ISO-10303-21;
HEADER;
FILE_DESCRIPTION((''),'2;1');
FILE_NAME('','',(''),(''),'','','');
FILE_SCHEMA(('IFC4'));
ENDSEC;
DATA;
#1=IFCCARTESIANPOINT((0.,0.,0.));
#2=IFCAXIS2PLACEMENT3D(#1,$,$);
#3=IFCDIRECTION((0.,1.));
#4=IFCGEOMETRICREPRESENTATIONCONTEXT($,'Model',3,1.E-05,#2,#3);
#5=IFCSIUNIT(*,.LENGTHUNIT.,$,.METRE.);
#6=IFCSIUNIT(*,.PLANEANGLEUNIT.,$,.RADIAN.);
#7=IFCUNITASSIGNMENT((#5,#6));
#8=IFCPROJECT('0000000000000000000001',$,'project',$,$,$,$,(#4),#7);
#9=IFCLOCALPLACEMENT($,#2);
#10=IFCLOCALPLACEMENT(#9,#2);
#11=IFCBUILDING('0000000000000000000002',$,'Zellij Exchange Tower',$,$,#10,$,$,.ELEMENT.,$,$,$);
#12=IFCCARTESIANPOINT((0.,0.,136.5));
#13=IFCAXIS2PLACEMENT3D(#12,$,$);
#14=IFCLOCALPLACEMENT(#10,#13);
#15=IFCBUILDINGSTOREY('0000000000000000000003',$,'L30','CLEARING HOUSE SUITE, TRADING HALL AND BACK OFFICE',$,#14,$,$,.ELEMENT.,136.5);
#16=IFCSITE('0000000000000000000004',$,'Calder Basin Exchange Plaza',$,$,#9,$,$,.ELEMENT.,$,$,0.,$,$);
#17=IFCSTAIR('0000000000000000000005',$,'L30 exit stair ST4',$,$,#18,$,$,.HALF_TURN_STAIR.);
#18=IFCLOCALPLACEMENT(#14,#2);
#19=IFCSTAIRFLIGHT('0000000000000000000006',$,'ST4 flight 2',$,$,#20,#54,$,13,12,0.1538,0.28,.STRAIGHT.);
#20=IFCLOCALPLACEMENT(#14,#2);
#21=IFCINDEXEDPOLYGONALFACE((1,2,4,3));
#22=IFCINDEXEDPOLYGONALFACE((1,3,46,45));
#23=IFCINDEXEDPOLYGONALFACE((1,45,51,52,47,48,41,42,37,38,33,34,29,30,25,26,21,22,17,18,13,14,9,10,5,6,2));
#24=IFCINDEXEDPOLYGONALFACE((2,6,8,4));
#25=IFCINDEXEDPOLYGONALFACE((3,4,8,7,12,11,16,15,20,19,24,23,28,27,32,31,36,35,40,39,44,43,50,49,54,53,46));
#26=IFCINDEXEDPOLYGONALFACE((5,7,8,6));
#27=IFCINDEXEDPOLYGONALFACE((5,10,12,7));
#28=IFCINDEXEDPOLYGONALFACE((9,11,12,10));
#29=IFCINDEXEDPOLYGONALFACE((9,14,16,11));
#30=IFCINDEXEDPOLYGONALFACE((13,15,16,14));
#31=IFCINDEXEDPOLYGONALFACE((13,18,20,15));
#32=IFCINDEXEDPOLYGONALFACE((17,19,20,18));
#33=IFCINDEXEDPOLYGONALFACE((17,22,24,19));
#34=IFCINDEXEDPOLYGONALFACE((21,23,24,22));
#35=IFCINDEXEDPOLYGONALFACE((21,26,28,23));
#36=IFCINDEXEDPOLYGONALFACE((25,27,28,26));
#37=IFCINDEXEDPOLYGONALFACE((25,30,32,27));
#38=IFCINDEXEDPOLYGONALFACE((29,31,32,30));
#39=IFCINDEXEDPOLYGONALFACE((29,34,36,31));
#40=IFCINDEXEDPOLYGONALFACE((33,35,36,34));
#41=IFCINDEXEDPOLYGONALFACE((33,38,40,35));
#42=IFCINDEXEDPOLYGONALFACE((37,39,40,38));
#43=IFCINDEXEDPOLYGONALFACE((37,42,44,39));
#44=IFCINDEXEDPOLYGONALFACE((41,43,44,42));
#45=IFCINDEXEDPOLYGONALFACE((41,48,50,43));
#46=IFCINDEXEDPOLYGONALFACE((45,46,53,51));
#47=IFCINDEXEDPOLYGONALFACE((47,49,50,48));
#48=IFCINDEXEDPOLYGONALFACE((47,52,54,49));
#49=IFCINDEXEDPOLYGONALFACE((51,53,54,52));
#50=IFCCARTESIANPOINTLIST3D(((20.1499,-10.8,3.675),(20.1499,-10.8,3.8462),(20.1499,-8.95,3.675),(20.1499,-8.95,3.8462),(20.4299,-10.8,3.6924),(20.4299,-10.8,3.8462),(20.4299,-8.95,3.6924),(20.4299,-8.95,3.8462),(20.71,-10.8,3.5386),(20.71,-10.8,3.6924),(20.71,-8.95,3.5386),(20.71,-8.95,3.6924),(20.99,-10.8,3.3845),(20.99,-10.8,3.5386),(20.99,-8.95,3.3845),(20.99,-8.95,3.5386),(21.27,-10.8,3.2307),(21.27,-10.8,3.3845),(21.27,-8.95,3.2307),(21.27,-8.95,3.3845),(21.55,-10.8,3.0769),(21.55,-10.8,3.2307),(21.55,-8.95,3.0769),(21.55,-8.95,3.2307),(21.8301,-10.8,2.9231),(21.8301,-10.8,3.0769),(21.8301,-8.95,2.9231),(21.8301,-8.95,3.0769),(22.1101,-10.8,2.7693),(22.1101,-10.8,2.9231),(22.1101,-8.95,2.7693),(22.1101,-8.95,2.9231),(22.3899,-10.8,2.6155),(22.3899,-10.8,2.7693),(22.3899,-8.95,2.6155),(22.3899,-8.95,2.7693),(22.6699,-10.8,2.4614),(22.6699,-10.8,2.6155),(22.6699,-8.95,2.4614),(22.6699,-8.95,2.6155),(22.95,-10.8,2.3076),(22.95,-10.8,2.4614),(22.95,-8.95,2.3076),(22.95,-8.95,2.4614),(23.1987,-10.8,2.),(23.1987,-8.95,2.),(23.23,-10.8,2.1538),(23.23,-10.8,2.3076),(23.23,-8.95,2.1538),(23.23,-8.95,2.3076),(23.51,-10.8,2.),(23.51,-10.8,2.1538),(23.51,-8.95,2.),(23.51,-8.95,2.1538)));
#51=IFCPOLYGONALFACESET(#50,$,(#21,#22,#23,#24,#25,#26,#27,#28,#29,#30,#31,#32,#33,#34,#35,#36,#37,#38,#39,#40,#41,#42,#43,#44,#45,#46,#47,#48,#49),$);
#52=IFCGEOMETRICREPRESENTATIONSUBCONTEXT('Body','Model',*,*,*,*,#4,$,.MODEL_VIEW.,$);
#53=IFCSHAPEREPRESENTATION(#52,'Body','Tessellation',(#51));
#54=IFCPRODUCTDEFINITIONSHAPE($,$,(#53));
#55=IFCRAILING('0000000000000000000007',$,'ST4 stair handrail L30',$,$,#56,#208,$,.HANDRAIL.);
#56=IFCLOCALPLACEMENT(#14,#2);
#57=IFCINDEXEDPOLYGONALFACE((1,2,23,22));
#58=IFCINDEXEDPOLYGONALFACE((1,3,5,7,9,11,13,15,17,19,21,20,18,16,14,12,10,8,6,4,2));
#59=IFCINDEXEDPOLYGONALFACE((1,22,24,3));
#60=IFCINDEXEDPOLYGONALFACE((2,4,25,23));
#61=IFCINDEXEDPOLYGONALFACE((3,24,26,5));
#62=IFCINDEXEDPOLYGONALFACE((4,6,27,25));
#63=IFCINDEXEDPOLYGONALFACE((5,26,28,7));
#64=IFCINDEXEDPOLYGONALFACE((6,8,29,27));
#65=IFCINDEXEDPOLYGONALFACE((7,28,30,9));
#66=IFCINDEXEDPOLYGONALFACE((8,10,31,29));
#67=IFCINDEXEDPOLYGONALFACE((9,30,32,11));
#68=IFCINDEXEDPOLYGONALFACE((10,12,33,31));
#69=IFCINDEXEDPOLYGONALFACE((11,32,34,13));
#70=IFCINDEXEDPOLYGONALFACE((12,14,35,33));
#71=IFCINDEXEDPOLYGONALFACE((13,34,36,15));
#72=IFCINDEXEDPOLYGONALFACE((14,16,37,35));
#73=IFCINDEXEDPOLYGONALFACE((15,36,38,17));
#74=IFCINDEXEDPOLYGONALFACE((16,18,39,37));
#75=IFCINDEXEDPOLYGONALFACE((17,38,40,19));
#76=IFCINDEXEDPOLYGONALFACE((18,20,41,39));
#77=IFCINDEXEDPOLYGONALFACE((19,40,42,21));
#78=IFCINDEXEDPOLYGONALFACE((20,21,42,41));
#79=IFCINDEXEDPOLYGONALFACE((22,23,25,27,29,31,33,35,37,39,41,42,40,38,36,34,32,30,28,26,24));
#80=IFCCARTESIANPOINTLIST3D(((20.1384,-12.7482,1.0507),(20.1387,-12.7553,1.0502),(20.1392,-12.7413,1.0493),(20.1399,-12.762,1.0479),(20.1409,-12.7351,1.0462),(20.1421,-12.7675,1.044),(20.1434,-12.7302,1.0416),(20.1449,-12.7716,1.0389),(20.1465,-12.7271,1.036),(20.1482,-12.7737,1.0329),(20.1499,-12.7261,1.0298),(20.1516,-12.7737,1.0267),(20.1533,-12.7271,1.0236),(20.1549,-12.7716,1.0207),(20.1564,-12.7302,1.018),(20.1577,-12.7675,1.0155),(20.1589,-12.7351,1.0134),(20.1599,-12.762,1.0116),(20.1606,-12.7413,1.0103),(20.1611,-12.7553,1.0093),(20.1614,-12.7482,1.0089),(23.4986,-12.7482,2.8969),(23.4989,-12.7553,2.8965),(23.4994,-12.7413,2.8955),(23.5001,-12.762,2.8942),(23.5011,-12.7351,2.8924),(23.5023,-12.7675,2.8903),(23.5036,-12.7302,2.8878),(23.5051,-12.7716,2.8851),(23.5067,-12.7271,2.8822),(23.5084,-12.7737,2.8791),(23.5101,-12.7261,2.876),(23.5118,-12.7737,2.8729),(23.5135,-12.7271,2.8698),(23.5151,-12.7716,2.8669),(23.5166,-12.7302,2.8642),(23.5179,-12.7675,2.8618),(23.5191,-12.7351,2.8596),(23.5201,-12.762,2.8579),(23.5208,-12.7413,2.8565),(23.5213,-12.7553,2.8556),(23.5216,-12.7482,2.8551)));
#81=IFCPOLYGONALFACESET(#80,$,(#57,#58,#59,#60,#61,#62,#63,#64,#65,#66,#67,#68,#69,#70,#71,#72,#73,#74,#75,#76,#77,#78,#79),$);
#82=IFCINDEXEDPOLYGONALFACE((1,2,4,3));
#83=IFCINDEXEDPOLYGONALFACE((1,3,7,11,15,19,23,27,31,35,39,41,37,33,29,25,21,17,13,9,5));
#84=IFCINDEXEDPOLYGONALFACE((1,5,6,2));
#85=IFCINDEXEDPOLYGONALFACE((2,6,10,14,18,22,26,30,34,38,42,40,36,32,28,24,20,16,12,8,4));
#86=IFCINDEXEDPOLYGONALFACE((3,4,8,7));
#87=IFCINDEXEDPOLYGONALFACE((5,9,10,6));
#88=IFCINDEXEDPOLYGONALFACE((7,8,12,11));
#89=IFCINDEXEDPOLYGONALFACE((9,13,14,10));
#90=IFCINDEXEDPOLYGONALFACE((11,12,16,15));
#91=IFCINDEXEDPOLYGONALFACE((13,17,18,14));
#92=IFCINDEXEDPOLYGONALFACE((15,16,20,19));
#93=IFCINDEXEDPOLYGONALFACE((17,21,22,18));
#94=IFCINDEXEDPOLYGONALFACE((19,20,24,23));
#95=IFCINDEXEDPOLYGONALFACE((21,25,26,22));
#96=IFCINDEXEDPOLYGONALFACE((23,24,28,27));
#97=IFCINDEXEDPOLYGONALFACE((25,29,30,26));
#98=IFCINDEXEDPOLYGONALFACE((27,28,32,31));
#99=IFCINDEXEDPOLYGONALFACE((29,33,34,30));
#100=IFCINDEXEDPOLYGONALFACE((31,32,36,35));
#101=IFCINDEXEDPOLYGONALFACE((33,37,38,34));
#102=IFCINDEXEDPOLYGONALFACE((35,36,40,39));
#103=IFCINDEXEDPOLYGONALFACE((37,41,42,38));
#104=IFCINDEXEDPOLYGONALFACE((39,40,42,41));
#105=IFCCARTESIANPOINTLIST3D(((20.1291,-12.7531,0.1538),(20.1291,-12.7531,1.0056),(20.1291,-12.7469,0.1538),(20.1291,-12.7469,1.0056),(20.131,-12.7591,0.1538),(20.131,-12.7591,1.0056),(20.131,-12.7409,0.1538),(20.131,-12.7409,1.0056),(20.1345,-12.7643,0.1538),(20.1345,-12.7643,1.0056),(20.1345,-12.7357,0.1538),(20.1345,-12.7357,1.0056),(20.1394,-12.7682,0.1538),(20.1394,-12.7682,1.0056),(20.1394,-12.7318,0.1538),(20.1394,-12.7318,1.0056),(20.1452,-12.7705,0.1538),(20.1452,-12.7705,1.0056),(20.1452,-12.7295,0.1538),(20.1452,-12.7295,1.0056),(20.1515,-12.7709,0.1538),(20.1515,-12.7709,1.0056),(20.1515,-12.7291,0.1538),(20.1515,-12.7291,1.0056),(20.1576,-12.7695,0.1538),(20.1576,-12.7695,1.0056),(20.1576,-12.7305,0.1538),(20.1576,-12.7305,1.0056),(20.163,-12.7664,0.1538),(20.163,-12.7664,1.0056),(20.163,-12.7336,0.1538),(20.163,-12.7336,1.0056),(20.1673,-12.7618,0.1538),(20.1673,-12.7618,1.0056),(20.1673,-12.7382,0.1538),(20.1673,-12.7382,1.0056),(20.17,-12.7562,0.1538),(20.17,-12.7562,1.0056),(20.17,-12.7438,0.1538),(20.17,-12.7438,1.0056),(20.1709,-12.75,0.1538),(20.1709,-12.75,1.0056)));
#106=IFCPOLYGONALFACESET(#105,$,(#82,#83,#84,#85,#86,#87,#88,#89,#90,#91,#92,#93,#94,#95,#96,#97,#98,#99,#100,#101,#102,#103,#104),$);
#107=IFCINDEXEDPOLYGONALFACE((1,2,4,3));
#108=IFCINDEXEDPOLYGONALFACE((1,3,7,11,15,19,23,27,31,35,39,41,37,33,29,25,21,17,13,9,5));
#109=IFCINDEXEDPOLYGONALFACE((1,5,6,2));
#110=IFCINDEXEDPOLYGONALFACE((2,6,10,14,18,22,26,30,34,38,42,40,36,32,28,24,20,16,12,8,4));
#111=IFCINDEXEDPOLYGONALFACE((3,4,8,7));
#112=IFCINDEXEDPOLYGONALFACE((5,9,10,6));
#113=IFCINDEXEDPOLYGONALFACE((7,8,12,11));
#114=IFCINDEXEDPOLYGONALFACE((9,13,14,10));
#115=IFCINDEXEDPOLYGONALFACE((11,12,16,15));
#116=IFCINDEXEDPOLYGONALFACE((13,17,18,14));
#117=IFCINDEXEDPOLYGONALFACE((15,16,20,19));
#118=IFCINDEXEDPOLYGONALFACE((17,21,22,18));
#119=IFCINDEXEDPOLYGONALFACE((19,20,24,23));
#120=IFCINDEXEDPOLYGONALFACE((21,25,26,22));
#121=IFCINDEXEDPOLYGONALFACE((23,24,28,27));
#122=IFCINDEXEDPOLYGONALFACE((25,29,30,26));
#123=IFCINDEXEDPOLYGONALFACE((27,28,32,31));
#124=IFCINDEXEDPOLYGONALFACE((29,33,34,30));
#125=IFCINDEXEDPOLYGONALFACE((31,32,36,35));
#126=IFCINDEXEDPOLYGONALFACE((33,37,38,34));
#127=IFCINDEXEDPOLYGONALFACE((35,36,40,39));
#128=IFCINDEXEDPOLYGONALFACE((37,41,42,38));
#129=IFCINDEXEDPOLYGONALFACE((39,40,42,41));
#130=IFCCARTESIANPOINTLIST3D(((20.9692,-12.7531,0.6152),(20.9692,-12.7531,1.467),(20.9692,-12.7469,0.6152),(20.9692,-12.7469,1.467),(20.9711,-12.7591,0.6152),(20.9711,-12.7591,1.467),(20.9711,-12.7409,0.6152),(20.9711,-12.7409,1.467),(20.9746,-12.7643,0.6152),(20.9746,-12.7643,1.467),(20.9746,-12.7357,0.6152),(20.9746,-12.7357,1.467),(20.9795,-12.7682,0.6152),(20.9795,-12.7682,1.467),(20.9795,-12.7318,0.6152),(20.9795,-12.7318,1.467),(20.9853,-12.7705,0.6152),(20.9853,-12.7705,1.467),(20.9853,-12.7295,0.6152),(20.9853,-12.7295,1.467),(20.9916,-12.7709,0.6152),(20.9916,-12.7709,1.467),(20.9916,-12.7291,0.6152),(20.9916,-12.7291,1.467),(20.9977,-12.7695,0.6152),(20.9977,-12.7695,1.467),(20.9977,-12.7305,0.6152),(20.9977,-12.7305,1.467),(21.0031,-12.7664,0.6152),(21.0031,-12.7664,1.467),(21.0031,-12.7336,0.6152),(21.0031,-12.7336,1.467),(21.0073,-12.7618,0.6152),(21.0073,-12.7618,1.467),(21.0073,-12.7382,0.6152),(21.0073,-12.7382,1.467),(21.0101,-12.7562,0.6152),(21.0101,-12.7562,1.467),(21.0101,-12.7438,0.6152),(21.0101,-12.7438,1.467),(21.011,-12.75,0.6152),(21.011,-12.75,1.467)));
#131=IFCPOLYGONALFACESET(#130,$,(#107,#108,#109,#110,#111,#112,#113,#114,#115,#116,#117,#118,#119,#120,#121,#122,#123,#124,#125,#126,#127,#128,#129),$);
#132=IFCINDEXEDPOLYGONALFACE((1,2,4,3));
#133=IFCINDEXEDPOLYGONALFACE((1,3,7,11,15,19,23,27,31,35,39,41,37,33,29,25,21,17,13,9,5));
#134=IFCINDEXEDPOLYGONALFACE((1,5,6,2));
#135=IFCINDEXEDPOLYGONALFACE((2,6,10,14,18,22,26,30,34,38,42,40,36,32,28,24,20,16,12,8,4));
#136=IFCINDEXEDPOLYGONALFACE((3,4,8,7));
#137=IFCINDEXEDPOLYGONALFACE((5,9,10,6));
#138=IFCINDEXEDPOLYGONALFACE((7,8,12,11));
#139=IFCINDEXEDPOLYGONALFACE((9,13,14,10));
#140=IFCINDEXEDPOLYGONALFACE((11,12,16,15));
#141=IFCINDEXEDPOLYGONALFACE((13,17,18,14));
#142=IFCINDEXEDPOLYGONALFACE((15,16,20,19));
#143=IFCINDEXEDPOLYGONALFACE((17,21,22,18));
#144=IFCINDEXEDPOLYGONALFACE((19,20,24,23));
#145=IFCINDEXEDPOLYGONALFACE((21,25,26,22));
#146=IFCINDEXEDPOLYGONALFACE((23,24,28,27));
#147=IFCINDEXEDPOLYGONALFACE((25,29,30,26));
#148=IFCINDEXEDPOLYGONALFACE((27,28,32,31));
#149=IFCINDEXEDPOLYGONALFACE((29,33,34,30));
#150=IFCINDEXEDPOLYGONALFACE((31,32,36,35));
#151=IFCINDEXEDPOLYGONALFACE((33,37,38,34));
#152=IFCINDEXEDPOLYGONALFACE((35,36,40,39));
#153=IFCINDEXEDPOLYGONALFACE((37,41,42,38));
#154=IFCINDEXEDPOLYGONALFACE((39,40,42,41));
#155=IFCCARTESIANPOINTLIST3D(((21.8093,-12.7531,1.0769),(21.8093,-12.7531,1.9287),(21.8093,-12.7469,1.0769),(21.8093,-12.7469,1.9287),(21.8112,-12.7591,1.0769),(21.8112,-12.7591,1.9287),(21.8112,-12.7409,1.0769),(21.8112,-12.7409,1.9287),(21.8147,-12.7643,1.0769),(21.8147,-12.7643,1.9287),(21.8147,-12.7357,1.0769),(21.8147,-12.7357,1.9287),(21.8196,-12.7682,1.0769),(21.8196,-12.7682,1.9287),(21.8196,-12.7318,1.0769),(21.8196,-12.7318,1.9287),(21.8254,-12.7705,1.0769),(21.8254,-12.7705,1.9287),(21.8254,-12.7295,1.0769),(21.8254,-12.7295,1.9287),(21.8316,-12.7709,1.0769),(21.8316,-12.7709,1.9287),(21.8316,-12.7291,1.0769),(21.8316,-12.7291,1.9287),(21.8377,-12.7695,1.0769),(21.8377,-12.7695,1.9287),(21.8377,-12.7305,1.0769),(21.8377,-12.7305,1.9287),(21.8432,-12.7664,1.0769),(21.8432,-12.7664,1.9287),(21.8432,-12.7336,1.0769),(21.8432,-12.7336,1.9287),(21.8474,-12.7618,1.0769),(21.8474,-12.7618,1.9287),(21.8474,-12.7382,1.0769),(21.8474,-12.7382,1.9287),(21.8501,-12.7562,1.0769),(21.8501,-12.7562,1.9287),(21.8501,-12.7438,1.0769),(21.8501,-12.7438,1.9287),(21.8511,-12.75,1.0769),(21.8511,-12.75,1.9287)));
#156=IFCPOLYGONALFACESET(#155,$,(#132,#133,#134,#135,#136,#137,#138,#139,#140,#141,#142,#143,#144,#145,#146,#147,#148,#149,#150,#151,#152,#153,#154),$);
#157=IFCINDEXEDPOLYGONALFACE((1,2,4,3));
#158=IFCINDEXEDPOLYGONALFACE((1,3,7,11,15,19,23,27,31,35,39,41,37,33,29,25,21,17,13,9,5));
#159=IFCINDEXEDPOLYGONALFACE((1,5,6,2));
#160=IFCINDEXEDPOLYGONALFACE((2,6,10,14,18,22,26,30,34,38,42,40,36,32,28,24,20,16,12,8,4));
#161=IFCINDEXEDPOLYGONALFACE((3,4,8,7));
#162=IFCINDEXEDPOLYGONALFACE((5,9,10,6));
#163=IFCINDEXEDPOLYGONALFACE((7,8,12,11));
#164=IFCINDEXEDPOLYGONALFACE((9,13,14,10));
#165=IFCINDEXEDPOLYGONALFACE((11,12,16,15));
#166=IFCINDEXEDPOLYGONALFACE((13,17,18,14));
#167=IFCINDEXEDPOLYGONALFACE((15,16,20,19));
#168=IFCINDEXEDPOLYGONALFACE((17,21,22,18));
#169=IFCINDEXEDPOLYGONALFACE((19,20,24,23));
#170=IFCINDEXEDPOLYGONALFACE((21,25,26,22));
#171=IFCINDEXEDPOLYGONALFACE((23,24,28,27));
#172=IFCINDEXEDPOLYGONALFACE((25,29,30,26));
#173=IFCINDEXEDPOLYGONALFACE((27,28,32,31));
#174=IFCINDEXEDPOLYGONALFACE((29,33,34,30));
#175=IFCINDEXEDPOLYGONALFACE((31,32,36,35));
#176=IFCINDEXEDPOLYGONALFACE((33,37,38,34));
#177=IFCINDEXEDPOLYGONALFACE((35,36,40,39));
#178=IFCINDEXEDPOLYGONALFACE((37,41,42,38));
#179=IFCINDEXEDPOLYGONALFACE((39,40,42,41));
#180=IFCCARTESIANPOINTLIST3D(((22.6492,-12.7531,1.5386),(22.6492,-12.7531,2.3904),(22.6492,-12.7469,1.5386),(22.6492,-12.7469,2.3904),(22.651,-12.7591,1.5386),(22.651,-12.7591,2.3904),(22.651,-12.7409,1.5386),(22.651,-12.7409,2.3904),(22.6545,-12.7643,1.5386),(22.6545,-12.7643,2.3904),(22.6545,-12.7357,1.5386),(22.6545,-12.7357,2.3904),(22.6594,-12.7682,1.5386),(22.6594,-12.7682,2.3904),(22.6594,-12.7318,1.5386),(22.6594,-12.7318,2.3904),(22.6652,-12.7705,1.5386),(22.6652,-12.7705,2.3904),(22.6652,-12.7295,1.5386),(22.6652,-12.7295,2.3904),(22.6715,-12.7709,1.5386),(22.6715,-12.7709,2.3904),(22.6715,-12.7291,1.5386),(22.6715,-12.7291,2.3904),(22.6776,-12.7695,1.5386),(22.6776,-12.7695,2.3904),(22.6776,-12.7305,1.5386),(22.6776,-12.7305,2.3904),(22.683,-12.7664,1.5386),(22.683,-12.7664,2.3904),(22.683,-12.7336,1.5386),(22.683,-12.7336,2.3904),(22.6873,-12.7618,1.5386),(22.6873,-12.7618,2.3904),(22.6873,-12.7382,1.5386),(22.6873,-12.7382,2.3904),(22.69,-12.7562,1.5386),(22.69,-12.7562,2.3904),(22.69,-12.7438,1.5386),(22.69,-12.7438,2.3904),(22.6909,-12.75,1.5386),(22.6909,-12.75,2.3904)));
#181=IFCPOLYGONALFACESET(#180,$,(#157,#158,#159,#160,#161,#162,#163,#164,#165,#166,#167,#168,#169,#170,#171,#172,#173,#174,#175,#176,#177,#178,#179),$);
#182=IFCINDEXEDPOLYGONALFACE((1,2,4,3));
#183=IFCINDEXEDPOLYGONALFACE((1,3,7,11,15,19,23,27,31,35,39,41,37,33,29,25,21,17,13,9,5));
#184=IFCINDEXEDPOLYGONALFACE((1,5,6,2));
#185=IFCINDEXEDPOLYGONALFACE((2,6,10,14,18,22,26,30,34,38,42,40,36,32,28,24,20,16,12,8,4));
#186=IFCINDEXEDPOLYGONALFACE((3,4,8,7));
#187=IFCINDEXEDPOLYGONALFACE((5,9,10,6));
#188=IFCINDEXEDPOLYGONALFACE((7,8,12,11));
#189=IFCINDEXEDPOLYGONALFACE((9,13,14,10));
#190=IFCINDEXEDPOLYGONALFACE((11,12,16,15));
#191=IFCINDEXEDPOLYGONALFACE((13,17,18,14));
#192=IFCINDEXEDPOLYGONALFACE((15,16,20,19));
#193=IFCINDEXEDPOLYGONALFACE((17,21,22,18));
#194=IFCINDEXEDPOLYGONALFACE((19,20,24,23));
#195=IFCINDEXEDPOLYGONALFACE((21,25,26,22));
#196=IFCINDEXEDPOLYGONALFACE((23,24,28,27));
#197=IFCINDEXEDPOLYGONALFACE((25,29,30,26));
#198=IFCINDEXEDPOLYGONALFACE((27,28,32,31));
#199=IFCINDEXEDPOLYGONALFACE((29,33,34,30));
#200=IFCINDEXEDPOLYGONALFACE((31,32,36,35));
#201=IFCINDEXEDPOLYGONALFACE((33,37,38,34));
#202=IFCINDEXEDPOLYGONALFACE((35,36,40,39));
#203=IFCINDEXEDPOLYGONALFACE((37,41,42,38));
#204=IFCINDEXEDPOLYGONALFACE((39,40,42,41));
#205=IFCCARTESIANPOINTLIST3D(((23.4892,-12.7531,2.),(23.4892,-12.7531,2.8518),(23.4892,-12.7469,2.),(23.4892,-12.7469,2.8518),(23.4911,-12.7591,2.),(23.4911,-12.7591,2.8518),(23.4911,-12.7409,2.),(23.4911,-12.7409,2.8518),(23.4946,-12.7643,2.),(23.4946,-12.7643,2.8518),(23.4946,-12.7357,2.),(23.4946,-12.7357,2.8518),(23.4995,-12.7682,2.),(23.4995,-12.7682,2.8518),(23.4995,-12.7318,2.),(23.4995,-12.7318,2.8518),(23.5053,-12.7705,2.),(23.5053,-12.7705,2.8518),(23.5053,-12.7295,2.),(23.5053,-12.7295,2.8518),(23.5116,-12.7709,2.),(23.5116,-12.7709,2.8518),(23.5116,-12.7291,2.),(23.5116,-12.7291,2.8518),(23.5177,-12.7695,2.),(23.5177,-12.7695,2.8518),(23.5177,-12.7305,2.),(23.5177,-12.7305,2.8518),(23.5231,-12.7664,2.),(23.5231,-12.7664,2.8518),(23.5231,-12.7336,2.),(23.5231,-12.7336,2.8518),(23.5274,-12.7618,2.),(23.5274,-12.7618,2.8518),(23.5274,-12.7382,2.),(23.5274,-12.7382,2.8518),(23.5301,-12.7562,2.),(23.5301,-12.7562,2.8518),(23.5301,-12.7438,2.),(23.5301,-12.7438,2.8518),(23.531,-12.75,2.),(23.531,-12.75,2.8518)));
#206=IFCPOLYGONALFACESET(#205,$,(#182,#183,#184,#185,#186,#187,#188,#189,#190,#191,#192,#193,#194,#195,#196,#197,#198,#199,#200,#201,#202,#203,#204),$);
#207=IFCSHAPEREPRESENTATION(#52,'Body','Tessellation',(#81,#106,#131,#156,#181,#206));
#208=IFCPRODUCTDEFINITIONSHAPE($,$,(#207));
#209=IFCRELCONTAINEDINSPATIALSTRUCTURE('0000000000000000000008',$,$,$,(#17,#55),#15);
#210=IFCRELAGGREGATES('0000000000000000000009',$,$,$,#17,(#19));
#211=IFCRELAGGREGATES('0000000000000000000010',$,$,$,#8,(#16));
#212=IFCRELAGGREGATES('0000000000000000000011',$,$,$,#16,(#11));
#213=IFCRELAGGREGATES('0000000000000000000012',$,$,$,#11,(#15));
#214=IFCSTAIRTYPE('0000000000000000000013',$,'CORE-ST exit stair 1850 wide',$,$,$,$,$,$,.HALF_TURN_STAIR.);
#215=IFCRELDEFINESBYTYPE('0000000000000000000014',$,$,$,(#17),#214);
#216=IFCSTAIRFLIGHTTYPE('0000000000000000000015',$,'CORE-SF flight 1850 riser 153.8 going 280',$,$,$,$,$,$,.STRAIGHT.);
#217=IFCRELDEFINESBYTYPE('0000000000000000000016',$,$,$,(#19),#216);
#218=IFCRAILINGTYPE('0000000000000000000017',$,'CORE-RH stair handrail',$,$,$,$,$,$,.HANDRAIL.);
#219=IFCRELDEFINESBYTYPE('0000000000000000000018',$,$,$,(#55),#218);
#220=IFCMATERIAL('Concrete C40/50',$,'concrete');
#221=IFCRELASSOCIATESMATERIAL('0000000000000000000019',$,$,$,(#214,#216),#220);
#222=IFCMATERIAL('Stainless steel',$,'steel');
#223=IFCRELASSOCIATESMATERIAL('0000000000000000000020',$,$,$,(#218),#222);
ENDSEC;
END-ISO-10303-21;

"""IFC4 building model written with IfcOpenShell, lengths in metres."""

from ifc_helpers import new_model, si_unit, direction, frame, origin, origin_2d, place, context, subcontext, project, spatial, polyline, circle, outline, extrude, material, type_object, element, aggregate, save


model = new_model("IFC4")

# Units and contexts
model_context = context("Model", 3, precision=1e-05, world=origin(), true_north=direction((0.0, 1.0)))
body_context = subcontext(model_context, "Body", "Model", "MODEL_VIEW")
ifc_project = project(units=[si_unit("LENGTHUNIT", "METRE"), si_unit("PLANEANGLEUNIT", "RADIAN")], contexts=[model_context])

# Site, building, storey
site_placement = place(None, origin())
site = spatial("IfcSite", under=ifc_project, at=site_placement, Name="Calder Basin Exchange Plaza", CompositionType="ELEMENT", RefElevation=0.0)
building_placement = place(site_placement, origin())
building = spatial("IfcBuilding", under=site, at=building_placement, Name="Zellij Exchange Tower", CompositionType="ELEMENT")
storey_placement = place(building_placement, frame((0.0, 0.0, 136.5)))
storey = spatial("IfcBuildingStorey", under=building, at=storey_placement, Name="L30", Description="CLEARING HOUSE SUITE, TRADING HALL AND BACK OFFICE", CompositionType="ELEMENT", Elevation=136.5)

# Stair, stair flight
ifc_material_1 = material(Name="Concrete C40/50", Category="concrete")
stair_type = type_object("IfcStairType", Name="CORE-ST exit stair 1850 wide", PredefinedType="HALF_TURN_STAIR", material=ifc_material_1)
stair_placement = place(storey_placement, origin())
stair = element("IfcStair", 1, at=stair_placement, inside=storey, type_object=stair_type, Name="L30 exit stair ST4", PredefinedType="HALF_TURN_STAIR")
stair_flight_type = type_object("IfcStairFlightType", Name="CORE-SF flight 1850 riser 153.8 going 280", PredefinedType="STRAIGHT", material=ifc_material_1)
stair_flight_1_placement = place(storey_placement, frame((23.51, -9.875, 2.0), z_axis=(0.0, 0.0, 1.0), x_axis=(-1.0, 0.0, 0.0)))
stair_flight_1 = element("IfcStairFlight", 2, at=stair_flight_1_placement, type_object=stair_flight_type, Name="ST4 flight 2", NumberOfRisers=13, NumberOfTreads=12, PredefinedType="STRAIGHT", RiserHeight=0.1538, TreadLength=0.28, context=body_context, shape_type="SweptSolid", body=[
    extrude(outline(polyline([(0.0, 0.0), (0.0, 0.1538), (0.28, 0.1538), (0.28, 0.3076), (0.5601, 0.3076), (0.5601, 0.4614), (0.8401, 0.4614), (0.8401, 0.6155), (1.1201, 0.6155), (1.1201, 0.7693), (1.3999, 0.7693), (1.3999, 0.9231), (1.6799, 0.9231), (1.6799, 1.0769), (1.96, 1.0769), (1.96, 1.2307), (2.24, 1.2307), (2.24, 1.3845), (2.52, 1.3845), (2.52, 1.5386), (2.8, 1.5386), (2.8, 1.6924), (3.0801, 1.6924), (3.0801, 1.8462), (3.3601, 1.8462), (3.3601, 2.0), (3.3601, 1.675), (0.3113, 0.0), (0.0, 0.0)])), frame((0.0, 0.925, 0.0), z_axis=(0.0, -1.0, 0.0), x_axis=(1.0, 0.0, 0.0)), (0.0, 0.0, 1.0), 1.8501),
])
aggregate(stair, [stair_flight_1])

# Railing
ifc_material_2 = material(Name="Stainless steel", Category="steel")
railing_type = type_object("IfcRailingType", Name="CORE-RH stair handrail", PredefinedType="HANDRAIL", material=ifc_material_2)
railing_1_placement = place(storey_placement, frame((20.1499, -12.75, 0.1538)))
element("IfcRailing", 3, at=railing_1_placement, inside=storey, type_object=railing_type, Name="ST4 stair handrail L30", PredefinedType="HANDRAIL", context=body_context, shape_type="SweptSolid", body=[
    extrude(circle(Radius=0.0239, at=origin_2d()), frame((0.0, 0.0, 0.876), z_axis=(0.876422, 0.0, 0.481545), x_axis=(0.0, 1.0, 0.0)), (0.0, 0.0, 1.0), 3.834),
    extrude(circle(Radius=0.021, at=origin_2d()), origin(), (0.0, 0.0, 1.0), 0.8518),
    extrude(circle(Radius=0.021, at=origin_2d()), frame((0.8401, 0.0, 0.4614)), (0.0, 0.0, 1.0), 0.8518),
    extrude(circle(Radius=0.021, at=origin_2d()), frame((1.6802, 0.0, 0.9231)), (0.0, 0.0, 1.0), 0.8518),
    extrude(circle(Radius=0.021, at=origin_2d()), frame((2.52, 0.0, 1.3848)), (0.0, 0.0, 1.0), 0.8518),
    extrude(circle(Radius=0.021, at=origin_2d()), frame((3.3601, 0.0, 1.8462)), (0.0, 0.0, 1.0), 0.8518),
])

save(model, "model.ifc")
